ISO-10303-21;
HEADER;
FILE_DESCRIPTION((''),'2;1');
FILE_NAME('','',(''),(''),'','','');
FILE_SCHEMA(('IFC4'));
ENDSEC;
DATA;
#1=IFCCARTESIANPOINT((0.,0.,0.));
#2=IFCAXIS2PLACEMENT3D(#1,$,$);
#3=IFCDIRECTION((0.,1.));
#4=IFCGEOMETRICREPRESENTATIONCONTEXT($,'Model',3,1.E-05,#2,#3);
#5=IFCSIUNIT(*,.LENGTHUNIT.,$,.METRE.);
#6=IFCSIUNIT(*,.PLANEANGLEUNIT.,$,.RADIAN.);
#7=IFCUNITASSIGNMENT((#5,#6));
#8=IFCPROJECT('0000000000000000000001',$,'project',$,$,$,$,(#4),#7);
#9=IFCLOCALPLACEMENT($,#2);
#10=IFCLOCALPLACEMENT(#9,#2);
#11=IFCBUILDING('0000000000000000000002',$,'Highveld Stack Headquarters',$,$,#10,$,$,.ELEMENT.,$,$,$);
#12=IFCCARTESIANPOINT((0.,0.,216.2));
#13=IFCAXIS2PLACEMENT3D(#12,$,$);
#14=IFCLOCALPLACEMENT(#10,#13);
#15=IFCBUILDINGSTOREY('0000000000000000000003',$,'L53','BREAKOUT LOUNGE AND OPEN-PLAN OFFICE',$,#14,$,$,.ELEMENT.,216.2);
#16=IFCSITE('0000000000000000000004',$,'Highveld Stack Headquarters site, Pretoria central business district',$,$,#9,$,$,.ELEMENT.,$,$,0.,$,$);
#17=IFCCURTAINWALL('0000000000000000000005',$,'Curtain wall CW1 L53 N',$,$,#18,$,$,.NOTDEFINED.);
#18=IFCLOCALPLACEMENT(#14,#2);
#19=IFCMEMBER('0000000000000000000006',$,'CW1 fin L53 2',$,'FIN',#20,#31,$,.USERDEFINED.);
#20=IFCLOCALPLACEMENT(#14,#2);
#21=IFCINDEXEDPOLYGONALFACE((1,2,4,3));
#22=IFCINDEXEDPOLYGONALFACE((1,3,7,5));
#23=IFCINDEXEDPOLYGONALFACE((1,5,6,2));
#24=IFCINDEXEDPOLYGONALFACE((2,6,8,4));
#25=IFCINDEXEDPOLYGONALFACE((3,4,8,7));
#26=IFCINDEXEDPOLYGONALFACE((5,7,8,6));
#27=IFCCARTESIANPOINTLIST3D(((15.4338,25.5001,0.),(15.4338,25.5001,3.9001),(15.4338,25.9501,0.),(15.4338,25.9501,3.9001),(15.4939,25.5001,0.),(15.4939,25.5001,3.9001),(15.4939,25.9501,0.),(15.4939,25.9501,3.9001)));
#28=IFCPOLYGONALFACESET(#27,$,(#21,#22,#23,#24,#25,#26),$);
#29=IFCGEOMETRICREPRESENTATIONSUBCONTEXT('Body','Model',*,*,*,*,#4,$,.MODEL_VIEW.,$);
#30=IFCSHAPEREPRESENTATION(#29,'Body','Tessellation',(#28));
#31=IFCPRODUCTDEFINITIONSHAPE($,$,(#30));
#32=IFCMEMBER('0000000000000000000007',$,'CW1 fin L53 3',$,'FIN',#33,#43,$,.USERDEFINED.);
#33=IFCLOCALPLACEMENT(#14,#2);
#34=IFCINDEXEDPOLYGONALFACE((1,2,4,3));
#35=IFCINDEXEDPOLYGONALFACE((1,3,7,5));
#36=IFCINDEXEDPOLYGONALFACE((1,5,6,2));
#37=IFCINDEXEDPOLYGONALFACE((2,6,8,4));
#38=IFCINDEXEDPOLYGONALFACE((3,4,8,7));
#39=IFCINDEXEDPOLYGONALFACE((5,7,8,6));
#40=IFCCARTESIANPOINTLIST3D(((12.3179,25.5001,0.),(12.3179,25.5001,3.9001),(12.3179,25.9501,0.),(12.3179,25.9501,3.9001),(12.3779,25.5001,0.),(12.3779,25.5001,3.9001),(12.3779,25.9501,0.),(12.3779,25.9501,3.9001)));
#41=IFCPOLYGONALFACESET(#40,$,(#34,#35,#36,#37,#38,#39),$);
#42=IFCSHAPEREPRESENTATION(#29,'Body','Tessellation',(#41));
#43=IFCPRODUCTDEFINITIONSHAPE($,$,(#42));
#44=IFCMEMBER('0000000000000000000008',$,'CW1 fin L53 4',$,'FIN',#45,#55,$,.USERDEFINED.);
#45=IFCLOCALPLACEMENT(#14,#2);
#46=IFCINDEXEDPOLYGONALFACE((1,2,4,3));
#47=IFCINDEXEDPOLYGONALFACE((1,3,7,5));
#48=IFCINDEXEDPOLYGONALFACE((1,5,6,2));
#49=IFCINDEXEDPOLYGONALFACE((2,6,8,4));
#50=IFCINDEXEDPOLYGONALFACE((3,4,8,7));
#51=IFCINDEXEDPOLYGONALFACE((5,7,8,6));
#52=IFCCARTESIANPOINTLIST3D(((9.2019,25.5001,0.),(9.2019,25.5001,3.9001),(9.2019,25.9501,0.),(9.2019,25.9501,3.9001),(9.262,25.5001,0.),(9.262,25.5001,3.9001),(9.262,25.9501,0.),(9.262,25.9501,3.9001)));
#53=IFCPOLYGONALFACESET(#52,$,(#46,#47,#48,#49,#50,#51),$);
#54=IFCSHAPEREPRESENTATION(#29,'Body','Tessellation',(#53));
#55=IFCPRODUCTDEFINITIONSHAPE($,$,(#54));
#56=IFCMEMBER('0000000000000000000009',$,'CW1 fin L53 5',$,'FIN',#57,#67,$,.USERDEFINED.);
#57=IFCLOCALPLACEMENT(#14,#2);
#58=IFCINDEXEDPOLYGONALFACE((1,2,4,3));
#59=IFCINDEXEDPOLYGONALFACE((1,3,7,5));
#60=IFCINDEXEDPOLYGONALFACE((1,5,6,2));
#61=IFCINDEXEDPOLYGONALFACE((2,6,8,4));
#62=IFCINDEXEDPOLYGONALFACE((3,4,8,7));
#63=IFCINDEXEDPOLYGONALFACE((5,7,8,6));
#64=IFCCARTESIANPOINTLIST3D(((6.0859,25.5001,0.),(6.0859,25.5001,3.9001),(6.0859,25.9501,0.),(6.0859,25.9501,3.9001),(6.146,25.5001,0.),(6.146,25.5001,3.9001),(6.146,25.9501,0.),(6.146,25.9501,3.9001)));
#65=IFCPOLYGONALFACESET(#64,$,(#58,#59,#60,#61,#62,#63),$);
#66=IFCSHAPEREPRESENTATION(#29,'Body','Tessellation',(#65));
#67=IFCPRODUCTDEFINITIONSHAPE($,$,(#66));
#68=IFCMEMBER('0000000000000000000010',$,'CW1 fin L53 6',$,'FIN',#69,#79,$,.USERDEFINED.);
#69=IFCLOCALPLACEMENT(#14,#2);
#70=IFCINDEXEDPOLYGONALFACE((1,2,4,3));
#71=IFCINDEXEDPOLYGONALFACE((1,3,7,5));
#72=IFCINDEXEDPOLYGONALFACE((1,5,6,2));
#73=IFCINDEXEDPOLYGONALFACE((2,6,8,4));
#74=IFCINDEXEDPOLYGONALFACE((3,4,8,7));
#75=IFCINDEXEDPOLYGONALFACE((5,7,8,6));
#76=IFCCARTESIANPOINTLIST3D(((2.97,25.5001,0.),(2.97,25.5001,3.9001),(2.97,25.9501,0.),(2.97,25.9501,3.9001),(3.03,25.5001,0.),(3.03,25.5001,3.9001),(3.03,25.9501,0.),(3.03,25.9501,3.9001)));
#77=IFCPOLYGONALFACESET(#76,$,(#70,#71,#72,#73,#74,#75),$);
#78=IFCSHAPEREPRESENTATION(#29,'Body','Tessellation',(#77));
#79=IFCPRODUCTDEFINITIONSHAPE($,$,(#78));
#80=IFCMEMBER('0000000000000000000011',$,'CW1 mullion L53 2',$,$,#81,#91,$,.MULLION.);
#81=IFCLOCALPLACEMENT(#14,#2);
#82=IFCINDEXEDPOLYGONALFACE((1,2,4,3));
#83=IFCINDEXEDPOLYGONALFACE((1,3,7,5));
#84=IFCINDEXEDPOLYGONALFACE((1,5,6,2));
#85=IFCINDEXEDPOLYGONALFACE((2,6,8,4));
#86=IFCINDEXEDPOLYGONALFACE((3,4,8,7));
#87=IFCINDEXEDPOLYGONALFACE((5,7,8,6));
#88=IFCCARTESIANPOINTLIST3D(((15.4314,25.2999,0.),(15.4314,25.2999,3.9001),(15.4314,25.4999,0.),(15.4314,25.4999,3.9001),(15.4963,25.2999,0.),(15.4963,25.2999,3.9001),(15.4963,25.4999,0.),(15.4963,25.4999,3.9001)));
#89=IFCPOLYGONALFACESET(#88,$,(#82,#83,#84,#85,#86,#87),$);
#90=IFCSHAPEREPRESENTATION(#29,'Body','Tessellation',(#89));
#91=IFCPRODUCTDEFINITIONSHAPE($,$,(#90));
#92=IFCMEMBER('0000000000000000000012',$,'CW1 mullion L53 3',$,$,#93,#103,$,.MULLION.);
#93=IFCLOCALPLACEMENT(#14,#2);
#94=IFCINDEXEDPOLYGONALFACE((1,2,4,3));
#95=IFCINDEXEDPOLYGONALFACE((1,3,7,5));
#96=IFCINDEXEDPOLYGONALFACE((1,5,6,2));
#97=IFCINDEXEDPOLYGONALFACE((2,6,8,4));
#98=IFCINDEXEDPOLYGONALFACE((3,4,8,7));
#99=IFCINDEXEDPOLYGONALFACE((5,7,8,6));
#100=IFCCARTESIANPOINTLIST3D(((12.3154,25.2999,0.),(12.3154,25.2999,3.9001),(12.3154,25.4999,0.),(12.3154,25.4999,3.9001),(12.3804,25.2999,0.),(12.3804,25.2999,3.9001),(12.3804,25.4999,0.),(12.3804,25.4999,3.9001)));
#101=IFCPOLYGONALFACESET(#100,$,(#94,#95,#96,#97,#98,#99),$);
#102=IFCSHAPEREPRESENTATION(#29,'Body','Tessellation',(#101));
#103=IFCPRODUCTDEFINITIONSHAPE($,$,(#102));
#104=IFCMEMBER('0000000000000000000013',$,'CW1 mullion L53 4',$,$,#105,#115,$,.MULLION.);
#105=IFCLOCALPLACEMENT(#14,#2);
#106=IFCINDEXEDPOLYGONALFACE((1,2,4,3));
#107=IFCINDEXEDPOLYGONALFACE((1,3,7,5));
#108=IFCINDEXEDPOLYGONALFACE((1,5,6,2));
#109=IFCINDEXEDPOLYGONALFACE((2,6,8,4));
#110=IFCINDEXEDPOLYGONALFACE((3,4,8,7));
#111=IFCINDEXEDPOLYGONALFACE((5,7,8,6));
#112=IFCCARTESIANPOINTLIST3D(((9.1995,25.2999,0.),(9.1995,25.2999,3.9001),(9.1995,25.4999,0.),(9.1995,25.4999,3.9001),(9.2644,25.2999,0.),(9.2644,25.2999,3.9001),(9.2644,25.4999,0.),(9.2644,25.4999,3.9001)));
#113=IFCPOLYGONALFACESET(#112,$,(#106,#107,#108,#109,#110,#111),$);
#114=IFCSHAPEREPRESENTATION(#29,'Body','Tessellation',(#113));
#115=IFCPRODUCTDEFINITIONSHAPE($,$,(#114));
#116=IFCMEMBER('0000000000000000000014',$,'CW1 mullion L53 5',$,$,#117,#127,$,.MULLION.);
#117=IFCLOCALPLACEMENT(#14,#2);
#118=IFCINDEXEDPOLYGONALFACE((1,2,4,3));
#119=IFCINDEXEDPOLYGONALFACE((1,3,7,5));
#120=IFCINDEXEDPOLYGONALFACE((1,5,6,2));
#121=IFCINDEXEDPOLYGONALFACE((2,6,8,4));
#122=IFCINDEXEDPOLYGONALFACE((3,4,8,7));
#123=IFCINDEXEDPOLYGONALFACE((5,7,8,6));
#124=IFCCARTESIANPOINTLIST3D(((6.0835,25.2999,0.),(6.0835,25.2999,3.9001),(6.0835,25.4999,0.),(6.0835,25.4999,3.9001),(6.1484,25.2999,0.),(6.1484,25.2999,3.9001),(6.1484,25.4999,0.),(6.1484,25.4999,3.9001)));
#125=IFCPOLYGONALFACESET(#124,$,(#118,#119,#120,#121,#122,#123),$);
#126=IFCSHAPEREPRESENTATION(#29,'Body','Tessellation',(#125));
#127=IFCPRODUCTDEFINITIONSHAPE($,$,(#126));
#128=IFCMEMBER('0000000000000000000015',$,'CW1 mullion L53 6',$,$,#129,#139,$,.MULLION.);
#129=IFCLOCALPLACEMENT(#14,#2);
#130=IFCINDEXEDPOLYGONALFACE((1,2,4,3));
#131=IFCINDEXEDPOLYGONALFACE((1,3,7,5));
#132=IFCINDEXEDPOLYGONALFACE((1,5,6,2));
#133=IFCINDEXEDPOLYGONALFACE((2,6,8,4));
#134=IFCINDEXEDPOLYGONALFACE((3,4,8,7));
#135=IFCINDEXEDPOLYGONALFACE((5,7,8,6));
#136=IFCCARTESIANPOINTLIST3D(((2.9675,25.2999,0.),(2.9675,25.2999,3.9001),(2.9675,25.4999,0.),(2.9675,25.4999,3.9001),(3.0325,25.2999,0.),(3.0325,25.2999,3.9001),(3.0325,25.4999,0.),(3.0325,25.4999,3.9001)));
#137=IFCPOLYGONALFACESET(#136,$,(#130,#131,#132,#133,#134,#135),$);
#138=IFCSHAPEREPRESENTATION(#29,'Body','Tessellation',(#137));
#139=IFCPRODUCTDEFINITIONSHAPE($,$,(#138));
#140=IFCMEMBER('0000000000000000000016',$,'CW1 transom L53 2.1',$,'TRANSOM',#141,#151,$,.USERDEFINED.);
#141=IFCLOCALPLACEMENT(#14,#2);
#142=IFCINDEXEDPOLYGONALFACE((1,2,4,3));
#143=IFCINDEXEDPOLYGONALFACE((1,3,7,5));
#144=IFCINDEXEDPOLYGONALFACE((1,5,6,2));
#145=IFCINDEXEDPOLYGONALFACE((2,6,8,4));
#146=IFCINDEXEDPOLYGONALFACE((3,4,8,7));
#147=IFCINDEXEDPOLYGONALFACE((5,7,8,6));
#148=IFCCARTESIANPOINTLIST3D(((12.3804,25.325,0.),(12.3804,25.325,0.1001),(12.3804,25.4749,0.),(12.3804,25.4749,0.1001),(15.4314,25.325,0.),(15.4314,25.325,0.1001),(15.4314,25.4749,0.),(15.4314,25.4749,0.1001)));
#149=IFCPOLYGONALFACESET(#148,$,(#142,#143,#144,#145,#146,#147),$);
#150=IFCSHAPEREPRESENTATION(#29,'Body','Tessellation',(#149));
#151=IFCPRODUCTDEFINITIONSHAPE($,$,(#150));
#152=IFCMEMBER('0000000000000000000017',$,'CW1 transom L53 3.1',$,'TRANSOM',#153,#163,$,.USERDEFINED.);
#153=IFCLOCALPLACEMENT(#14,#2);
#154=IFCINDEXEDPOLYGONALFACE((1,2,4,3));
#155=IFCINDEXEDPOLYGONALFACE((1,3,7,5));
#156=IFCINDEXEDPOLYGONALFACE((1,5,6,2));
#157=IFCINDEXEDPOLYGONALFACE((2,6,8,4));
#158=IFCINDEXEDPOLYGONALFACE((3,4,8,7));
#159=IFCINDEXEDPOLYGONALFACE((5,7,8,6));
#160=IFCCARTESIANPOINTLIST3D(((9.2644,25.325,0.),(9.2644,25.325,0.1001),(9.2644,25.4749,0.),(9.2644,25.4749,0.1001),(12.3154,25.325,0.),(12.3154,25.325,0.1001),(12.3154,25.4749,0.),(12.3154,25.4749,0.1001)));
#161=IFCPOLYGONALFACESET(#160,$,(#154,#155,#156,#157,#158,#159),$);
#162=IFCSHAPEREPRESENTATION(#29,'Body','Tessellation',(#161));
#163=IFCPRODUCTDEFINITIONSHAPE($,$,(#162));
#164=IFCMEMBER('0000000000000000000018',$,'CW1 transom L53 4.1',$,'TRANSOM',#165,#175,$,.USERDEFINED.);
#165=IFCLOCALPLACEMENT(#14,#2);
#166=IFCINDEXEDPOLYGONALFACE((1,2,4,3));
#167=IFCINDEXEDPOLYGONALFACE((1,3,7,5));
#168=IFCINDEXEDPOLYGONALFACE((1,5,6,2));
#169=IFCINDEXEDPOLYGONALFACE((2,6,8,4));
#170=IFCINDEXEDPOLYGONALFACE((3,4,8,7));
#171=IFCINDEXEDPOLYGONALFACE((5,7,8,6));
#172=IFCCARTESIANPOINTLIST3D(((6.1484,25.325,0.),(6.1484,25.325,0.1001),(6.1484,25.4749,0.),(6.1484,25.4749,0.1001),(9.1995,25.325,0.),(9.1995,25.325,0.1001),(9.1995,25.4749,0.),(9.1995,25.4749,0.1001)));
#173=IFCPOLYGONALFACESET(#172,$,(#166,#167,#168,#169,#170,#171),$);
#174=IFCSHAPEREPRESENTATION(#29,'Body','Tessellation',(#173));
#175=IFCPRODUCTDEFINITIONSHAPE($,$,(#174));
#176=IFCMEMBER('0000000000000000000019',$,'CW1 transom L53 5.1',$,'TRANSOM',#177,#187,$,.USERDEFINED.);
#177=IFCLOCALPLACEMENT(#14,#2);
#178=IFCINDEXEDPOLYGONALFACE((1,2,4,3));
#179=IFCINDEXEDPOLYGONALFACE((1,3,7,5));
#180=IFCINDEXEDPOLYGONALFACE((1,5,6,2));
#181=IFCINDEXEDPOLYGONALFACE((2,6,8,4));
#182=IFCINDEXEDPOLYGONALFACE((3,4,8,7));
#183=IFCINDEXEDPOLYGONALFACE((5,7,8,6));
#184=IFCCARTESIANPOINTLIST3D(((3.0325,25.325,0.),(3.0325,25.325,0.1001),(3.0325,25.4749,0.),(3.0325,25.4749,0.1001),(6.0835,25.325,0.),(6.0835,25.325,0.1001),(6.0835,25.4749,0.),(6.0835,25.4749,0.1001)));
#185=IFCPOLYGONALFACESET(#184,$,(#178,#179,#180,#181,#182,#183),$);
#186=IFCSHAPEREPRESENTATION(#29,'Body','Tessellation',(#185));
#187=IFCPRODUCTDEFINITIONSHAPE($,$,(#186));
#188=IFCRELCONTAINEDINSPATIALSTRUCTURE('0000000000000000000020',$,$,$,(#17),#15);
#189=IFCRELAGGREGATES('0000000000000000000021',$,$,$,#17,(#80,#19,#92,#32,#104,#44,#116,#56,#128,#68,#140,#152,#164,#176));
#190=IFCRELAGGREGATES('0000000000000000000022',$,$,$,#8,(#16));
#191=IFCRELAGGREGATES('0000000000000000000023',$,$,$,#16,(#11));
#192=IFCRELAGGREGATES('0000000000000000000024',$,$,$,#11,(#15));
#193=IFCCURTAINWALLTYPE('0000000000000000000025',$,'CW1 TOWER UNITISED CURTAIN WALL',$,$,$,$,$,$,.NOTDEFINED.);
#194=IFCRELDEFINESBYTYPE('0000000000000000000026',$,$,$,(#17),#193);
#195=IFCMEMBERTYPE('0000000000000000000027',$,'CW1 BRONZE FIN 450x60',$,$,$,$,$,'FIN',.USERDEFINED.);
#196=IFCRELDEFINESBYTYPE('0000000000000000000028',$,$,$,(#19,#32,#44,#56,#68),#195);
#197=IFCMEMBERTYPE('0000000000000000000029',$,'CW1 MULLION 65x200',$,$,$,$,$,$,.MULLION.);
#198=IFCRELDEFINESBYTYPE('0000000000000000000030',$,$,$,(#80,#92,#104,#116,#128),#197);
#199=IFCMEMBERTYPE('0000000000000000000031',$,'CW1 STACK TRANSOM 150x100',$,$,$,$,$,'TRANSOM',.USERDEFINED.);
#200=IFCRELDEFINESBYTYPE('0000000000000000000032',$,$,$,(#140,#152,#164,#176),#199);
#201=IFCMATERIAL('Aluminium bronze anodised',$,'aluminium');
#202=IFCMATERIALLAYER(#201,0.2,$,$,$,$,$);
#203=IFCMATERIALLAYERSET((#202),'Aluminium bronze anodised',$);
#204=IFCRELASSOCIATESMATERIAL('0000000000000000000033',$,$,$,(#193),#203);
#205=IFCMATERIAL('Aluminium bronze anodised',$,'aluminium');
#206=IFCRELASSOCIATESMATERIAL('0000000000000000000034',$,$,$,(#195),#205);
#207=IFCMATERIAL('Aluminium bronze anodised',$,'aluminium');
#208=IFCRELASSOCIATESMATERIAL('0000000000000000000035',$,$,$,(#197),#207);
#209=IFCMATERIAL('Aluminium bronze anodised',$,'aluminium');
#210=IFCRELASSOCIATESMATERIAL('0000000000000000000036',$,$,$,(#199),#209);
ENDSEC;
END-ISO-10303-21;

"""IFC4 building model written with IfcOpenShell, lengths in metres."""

from ifc_helpers import new_model, si_unit, direction, frame, origin, origin_2d, place, context, subcontext, project, spatial, rectangle, extrude, material, layer, layer_set, material_profile, profile_set, type_object, element, aggregate, save


model = new_model("IFC4")

# Units and contexts
model_context = context("Model", 3, precision=1e-05, world=origin(), true_north=direction((0.0, 1.0)))
body_context = subcontext(model_context, "Body", "Model", "MODEL_VIEW")
ifc_project = project(units=[si_unit("LENGTHUNIT", "METRE"), si_unit("PLANEANGLEUNIT", "RADIAN")], contexts=[model_context])

# Site, building, storey
site_placement = place(None, origin())
site = spatial("IfcSite", under=ifc_project, at=site_placement, Name="Highveld Stack Headquarters site, Pretoria central business district", CompositionType="ELEMENT", RefElevation=0.0)
building_placement = place(site_placement, origin())
building = spatial("IfcBuilding", under=site, at=building_placement, Name="Highveld Stack Headquarters", CompositionType="ELEMENT")
storey_placement = place(building_placement, frame((0.0, 0.0, 216.2)))
storey = spatial("IfcBuildingStorey", under=building, at=storey_placement, Name="L53", Description="BREAKOUT LOUNGE AND OPEN-PLAN OFFICE", CompositionType="ELEMENT", Elevation=216.2)

# Curtain wall, members
ifc_material_1 = material(Name="Aluminium bronze anodised", Category="aluminium")
ifc_layer_1 = layer(ifc_material_1, 0.2)
ifc_layer_set_1 = layer_set([ifc_layer_1], Name="Aluminium bronze anodised")
curtain_wall_type = type_object("IfcCurtainWallType", Name="CW1 TOWER UNITISED CURTAIN WALL", PredefinedType="NOTDEFINED", material=ifc_layer_set_1)
curtain_wall_placement = place(storey_placement, origin())
curtain_wall = element("IfcCurtainWall", 1, at=curtain_wall_placement, inside=storey, type_object=curtain_wall_type, Name="Curtain wall CW1 L53 N", PredefinedType="NOTDEFINED")
ifc_material_2 = material(Name="Aluminium bronze anodised", Category="aluminium")
ifc_material_profile_1 = material_profile(ifc_material_2, rectangle(XDim=0.45, YDim=0.0601, at=origin_2d()), Name="FIN 450x60")
ifc_profile_set_1 = profile_set([ifc_material_profile_1], Name="Aluminium bronze anodised")
member_type_1 = type_object("IfcMemberType", Name="CW1 BRONZE FIN 450x60", ElementType="FIN", PredefinedType="USERDEFINED", material=ifc_profile_set_1)
member_1_placement = place(storey_placement, frame((15.4639, 25.7251, 0.0), z_axis=(0.0, 0.0, 1.0), x_axis=(0.0, -1.0, 0.0)))
member_1 = element("IfcMember", 2, at=member_1_placement, type_object=member_type_1, Name="CW1 fin L53 2", ObjectType="FIN", PredefinedType="USERDEFINED", context=body_context, shape_type="SweptSolid", body=[
    extrude(rectangle(XDim=0.45, YDim=0.0601, at=origin_2d()), origin(), (0.0, 0.0, 1.0), 3.9001),
])
member_2_placement = place(storey_placement, frame((12.3479, 25.7251, 0.0), z_axis=(0.0, 0.0, 1.0), x_axis=(0.0, -1.0, 0.0)))
member_2 = element("IfcMember", 3, at=member_2_placement, type_object=member_type_1, Name="CW1 fin L53 3", ObjectType="FIN", PredefinedType="USERDEFINED", context=body_context, shape_type="SweptSolid", body=[
    extrude(rectangle(XDim=0.45, YDim=0.0601, at=origin_2d()), origin(), (0.0, 0.0, 1.0), 3.9001),
])
member_3_placement = place(storey_placement, frame((9.2319, 25.7251, 0.0), z_axis=(0.0, 0.0, 1.0), x_axis=(0.0, -1.0, 0.0)))
member_3 = element("IfcMember", 4, at=member_3_placement, type_object=member_type_1, Name="CW1 fin L53 4", ObjectType="FIN", PredefinedType="USERDEFINED", context=body_context, shape_type="SweptSolid", body=[
    extrude(rectangle(XDim=0.45, YDim=0.0601, at=origin_2d()), origin(), (0.0, 0.0, 1.0), 3.9001),
])
member_4_placement = place(storey_placement, frame((6.116, 25.7251, 0.0), z_axis=(0.0, 0.0, 1.0), x_axis=(0.0, -1.0, 0.0)))
member_4 = element("IfcMember", 5, at=member_4_placement, type_object=member_type_1, Name="CW1 fin L53 5", ObjectType="FIN", PredefinedType="USERDEFINED", context=body_context, shape_type="SweptSolid", body=[
    extrude(rectangle(XDim=0.45, YDim=0.0601, at=origin_2d()), origin(), (0.0, 0.0, 1.0), 3.9001),
])
member_5_placement = place(storey_placement, frame((3.0, 25.7251, 0.0), z_axis=(0.0, 0.0, 1.0), x_axis=(0.0, -1.0, 0.0)))
member_5 = element("IfcMember", 6, at=member_5_placement, type_object=member_type_1, Name="CW1 fin L53 6", ObjectType="FIN", PredefinedType="USERDEFINED", context=body_context, shape_type="SweptSolid", body=[
    extrude(rectangle(XDim=0.45, YDim=0.0601, at=origin_2d()), origin(), (0.0, 0.0, 1.0), 3.9001),
])
ifc_material_3 = material(Name="Aluminium bronze anodised", Category="aluminium")
ifc_material_profile_2 = material_profile(ifc_material_3, rectangle(XDim=0.2, YDim=0.0649, at=origin_2d()), Name="CW1 MULLION 65x200")
ifc_profile_set_2 = profile_set([ifc_material_profile_2], Name="Aluminium bronze anodised")
member_type_2 = type_object("IfcMemberType", Name="CW1 MULLION 65x200", PredefinedType="MULLION", material=ifc_profile_set_2)
member_6_placement = place(storey_placement, frame((15.4639, 25.3999, 0.0), z_axis=(0.0, 0.0, 1.0), x_axis=(0.0, -1.0, 0.0)))
member_6 = element("IfcMember", 7, at=member_6_placement, type_object=member_type_2, Name="CW1 mullion L53 2", PredefinedType="MULLION", context=body_context, shape_type="SweptSolid", body=[
    extrude(rectangle(XDim=0.2, YDim=0.0649, at=origin_2d()), origin(), (0.0, 0.0, 1.0), 3.9001),
])
member_7_placement = place(storey_placement, frame((12.3479, 25.3999, 0.0), z_axis=(0.0, 0.0, 1.0), x_axis=(0.0, -1.0, 0.0)))
member_7 = element("IfcMember", 8, at=member_7_placement, type_object=member_type_2, Name="CW1 mullion L53 3", PredefinedType="MULLION", context=body_context, shape_type="SweptSolid", body=[
    extrude(rectangle(XDim=0.2, YDim=0.0649, at=origin_2d()), origin(), (0.0, 0.0, 1.0), 3.9001),
])
member_8_placement = place(storey_placement, frame((9.2319, 25.3999, 0.0), z_axis=(0.0, 0.0, 1.0), x_axis=(0.0, -1.0, 0.0)))
member_8 = element("IfcMember", 9, at=member_8_placement, type_object=member_type_2, Name="CW1 mullion L53 4", PredefinedType="MULLION", context=body_context, shape_type="SweptSolid", body=[
    extrude(rectangle(XDim=0.2, YDim=0.0649, at=origin_2d()), origin(), (0.0, 0.0, 1.0), 3.9001),
])
member_9_placement = place(storey_placement, frame((6.116, 25.3999, 0.0), z_axis=(0.0, 0.0, 1.0), x_axis=(0.0, -1.0, 0.0)))
member_9 = element("IfcMember", 10, at=member_9_placement, type_object=member_type_2, Name="CW1 mullion L53 5", PredefinedType="MULLION", context=body_context, shape_type="SweptSolid", body=[
    extrude(rectangle(XDim=0.2, YDim=0.0649, at=origin_2d()), origin(), (0.0, 0.0, 1.0), 3.9001),
])
member_10_placement = place(storey_placement, frame((3.0, 25.3999, 0.0), z_axis=(0.0, 0.0, 1.0), x_axis=(0.0, -1.0, 0.0)))
member_10 = element("IfcMember", 11, at=member_10_placement, type_object=member_type_2, Name="CW1 mullion L53 6", PredefinedType="MULLION", context=body_context, shape_type="SweptSolid", body=[
    extrude(rectangle(XDim=0.2, YDim=0.0649, at=origin_2d()), origin(), (0.0, 0.0, 1.0), 3.9001),
])
ifc_material_4 = material(Name="Aluminium bronze anodised", Category="aluminium")
ifc_material_profile_3 = material_profile(ifc_material_4, rectangle(XDim=0.1499, YDim=0.1001, at=origin_2d()), Name="CW1 TRANSOM 150x100")
ifc_profile_set_3 = profile_set([ifc_material_profile_3], Name="Aluminium bronze anodised")
member_type_3 = type_object("IfcMemberType", Name="CW1 STACK TRANSOM 150x100", ElementType="TRANSOM", PredefinedType="USERDEFINED", material=ifc_profile_set_3)
member_11_placement = place(storey_placement, frame((15.4314, 25.3999, 0.05), z_axis=(-1.0, 0.0, 0.0), x_axis=(0.0, -1.0, 0.0)))
member_11 = element("IfcMember", 12, at=member_11_placement, type_object=member_type_3, Name="CW1 transom L53 2.1", ObjectType="TRANSOM", PredefinedType="USERDEFINED", context=body_context, shape_type="SweptSolid", body=[
    extrude(rectangle(XDim=0.1499, YDim=0.1001, at=origin_2d()), origin(), (0.0, 0.0, 1.0), 3.051),
])
member_12_placement = place(storey_placement, frame((12.3154, 25.3999, 0.05), z_axis=(-1.0, 0.0, 0.0), x_axis=(0.0, -1.0, 0.0)))
member_12 = element("IfcMember", 13, at=member_12_placement, type_object=member_type_3, Name="CW1 transom L53 3.1", ObjectType="TRANSOM", PredefinedType="USERDEFINED", context=body_context, shape_type="SweptSolid", body=[
    extrude(rectangle(XDim=0.1499, YDim=0.1001, at=origin_2d()), origin(), (0.0, 0.0, 1.0), 3.051),
])
member_13_placement = place(storey_placement, frame((9.1995, 25.3999, 0.05), z_axis=(-1.0, 0.0, 0.0), x_axis=(0.0, -1.0, 0.0)))
member_13 = element("IfcMember", 14, at=member_13_placement, type_object=member_type_3, Name="CW1 transom L53 4.1", ObjectType="TRANSOM", PredefinedType="USERDEFINED", context=body_context, shape_type="SweptSolid", body=[
    extrude(rectangle(XDim=0.1499, YDim=0.1001, at=origin_2d()), origin(), (0.0, 0.0, 1.0), 3.051),
])
member_14_placement = place(storey_placement, frame((6.0835, 25.3999, 0.05), z_axis=(-1.0, 0.0, 0.0), x_axis=(0.0, -1.0, 0.0)))
member_14 = element("IfcMember", 15, at=member_14_placement, type_object=member_type_3, Name="CW1 transom L53 5.1", ObjectType="TRANSOM", PredefinedType="USERDEFINED", context=body_context, shape_type="SweptSolid", body=[
    extrude(rectangle(XDim=0.1499, YDim=0.1001, at=origin_2d()), origin(), (0.0, 0.0, 1.0), 3.051),
])
aggregate(curtain_wall, [member_6, member_1, member_7, member_2, member_8, member_3, member_9, member_4, member_10, member_5, member_11, member_12, member_13, member_14])

save(model, "model.ifc")
